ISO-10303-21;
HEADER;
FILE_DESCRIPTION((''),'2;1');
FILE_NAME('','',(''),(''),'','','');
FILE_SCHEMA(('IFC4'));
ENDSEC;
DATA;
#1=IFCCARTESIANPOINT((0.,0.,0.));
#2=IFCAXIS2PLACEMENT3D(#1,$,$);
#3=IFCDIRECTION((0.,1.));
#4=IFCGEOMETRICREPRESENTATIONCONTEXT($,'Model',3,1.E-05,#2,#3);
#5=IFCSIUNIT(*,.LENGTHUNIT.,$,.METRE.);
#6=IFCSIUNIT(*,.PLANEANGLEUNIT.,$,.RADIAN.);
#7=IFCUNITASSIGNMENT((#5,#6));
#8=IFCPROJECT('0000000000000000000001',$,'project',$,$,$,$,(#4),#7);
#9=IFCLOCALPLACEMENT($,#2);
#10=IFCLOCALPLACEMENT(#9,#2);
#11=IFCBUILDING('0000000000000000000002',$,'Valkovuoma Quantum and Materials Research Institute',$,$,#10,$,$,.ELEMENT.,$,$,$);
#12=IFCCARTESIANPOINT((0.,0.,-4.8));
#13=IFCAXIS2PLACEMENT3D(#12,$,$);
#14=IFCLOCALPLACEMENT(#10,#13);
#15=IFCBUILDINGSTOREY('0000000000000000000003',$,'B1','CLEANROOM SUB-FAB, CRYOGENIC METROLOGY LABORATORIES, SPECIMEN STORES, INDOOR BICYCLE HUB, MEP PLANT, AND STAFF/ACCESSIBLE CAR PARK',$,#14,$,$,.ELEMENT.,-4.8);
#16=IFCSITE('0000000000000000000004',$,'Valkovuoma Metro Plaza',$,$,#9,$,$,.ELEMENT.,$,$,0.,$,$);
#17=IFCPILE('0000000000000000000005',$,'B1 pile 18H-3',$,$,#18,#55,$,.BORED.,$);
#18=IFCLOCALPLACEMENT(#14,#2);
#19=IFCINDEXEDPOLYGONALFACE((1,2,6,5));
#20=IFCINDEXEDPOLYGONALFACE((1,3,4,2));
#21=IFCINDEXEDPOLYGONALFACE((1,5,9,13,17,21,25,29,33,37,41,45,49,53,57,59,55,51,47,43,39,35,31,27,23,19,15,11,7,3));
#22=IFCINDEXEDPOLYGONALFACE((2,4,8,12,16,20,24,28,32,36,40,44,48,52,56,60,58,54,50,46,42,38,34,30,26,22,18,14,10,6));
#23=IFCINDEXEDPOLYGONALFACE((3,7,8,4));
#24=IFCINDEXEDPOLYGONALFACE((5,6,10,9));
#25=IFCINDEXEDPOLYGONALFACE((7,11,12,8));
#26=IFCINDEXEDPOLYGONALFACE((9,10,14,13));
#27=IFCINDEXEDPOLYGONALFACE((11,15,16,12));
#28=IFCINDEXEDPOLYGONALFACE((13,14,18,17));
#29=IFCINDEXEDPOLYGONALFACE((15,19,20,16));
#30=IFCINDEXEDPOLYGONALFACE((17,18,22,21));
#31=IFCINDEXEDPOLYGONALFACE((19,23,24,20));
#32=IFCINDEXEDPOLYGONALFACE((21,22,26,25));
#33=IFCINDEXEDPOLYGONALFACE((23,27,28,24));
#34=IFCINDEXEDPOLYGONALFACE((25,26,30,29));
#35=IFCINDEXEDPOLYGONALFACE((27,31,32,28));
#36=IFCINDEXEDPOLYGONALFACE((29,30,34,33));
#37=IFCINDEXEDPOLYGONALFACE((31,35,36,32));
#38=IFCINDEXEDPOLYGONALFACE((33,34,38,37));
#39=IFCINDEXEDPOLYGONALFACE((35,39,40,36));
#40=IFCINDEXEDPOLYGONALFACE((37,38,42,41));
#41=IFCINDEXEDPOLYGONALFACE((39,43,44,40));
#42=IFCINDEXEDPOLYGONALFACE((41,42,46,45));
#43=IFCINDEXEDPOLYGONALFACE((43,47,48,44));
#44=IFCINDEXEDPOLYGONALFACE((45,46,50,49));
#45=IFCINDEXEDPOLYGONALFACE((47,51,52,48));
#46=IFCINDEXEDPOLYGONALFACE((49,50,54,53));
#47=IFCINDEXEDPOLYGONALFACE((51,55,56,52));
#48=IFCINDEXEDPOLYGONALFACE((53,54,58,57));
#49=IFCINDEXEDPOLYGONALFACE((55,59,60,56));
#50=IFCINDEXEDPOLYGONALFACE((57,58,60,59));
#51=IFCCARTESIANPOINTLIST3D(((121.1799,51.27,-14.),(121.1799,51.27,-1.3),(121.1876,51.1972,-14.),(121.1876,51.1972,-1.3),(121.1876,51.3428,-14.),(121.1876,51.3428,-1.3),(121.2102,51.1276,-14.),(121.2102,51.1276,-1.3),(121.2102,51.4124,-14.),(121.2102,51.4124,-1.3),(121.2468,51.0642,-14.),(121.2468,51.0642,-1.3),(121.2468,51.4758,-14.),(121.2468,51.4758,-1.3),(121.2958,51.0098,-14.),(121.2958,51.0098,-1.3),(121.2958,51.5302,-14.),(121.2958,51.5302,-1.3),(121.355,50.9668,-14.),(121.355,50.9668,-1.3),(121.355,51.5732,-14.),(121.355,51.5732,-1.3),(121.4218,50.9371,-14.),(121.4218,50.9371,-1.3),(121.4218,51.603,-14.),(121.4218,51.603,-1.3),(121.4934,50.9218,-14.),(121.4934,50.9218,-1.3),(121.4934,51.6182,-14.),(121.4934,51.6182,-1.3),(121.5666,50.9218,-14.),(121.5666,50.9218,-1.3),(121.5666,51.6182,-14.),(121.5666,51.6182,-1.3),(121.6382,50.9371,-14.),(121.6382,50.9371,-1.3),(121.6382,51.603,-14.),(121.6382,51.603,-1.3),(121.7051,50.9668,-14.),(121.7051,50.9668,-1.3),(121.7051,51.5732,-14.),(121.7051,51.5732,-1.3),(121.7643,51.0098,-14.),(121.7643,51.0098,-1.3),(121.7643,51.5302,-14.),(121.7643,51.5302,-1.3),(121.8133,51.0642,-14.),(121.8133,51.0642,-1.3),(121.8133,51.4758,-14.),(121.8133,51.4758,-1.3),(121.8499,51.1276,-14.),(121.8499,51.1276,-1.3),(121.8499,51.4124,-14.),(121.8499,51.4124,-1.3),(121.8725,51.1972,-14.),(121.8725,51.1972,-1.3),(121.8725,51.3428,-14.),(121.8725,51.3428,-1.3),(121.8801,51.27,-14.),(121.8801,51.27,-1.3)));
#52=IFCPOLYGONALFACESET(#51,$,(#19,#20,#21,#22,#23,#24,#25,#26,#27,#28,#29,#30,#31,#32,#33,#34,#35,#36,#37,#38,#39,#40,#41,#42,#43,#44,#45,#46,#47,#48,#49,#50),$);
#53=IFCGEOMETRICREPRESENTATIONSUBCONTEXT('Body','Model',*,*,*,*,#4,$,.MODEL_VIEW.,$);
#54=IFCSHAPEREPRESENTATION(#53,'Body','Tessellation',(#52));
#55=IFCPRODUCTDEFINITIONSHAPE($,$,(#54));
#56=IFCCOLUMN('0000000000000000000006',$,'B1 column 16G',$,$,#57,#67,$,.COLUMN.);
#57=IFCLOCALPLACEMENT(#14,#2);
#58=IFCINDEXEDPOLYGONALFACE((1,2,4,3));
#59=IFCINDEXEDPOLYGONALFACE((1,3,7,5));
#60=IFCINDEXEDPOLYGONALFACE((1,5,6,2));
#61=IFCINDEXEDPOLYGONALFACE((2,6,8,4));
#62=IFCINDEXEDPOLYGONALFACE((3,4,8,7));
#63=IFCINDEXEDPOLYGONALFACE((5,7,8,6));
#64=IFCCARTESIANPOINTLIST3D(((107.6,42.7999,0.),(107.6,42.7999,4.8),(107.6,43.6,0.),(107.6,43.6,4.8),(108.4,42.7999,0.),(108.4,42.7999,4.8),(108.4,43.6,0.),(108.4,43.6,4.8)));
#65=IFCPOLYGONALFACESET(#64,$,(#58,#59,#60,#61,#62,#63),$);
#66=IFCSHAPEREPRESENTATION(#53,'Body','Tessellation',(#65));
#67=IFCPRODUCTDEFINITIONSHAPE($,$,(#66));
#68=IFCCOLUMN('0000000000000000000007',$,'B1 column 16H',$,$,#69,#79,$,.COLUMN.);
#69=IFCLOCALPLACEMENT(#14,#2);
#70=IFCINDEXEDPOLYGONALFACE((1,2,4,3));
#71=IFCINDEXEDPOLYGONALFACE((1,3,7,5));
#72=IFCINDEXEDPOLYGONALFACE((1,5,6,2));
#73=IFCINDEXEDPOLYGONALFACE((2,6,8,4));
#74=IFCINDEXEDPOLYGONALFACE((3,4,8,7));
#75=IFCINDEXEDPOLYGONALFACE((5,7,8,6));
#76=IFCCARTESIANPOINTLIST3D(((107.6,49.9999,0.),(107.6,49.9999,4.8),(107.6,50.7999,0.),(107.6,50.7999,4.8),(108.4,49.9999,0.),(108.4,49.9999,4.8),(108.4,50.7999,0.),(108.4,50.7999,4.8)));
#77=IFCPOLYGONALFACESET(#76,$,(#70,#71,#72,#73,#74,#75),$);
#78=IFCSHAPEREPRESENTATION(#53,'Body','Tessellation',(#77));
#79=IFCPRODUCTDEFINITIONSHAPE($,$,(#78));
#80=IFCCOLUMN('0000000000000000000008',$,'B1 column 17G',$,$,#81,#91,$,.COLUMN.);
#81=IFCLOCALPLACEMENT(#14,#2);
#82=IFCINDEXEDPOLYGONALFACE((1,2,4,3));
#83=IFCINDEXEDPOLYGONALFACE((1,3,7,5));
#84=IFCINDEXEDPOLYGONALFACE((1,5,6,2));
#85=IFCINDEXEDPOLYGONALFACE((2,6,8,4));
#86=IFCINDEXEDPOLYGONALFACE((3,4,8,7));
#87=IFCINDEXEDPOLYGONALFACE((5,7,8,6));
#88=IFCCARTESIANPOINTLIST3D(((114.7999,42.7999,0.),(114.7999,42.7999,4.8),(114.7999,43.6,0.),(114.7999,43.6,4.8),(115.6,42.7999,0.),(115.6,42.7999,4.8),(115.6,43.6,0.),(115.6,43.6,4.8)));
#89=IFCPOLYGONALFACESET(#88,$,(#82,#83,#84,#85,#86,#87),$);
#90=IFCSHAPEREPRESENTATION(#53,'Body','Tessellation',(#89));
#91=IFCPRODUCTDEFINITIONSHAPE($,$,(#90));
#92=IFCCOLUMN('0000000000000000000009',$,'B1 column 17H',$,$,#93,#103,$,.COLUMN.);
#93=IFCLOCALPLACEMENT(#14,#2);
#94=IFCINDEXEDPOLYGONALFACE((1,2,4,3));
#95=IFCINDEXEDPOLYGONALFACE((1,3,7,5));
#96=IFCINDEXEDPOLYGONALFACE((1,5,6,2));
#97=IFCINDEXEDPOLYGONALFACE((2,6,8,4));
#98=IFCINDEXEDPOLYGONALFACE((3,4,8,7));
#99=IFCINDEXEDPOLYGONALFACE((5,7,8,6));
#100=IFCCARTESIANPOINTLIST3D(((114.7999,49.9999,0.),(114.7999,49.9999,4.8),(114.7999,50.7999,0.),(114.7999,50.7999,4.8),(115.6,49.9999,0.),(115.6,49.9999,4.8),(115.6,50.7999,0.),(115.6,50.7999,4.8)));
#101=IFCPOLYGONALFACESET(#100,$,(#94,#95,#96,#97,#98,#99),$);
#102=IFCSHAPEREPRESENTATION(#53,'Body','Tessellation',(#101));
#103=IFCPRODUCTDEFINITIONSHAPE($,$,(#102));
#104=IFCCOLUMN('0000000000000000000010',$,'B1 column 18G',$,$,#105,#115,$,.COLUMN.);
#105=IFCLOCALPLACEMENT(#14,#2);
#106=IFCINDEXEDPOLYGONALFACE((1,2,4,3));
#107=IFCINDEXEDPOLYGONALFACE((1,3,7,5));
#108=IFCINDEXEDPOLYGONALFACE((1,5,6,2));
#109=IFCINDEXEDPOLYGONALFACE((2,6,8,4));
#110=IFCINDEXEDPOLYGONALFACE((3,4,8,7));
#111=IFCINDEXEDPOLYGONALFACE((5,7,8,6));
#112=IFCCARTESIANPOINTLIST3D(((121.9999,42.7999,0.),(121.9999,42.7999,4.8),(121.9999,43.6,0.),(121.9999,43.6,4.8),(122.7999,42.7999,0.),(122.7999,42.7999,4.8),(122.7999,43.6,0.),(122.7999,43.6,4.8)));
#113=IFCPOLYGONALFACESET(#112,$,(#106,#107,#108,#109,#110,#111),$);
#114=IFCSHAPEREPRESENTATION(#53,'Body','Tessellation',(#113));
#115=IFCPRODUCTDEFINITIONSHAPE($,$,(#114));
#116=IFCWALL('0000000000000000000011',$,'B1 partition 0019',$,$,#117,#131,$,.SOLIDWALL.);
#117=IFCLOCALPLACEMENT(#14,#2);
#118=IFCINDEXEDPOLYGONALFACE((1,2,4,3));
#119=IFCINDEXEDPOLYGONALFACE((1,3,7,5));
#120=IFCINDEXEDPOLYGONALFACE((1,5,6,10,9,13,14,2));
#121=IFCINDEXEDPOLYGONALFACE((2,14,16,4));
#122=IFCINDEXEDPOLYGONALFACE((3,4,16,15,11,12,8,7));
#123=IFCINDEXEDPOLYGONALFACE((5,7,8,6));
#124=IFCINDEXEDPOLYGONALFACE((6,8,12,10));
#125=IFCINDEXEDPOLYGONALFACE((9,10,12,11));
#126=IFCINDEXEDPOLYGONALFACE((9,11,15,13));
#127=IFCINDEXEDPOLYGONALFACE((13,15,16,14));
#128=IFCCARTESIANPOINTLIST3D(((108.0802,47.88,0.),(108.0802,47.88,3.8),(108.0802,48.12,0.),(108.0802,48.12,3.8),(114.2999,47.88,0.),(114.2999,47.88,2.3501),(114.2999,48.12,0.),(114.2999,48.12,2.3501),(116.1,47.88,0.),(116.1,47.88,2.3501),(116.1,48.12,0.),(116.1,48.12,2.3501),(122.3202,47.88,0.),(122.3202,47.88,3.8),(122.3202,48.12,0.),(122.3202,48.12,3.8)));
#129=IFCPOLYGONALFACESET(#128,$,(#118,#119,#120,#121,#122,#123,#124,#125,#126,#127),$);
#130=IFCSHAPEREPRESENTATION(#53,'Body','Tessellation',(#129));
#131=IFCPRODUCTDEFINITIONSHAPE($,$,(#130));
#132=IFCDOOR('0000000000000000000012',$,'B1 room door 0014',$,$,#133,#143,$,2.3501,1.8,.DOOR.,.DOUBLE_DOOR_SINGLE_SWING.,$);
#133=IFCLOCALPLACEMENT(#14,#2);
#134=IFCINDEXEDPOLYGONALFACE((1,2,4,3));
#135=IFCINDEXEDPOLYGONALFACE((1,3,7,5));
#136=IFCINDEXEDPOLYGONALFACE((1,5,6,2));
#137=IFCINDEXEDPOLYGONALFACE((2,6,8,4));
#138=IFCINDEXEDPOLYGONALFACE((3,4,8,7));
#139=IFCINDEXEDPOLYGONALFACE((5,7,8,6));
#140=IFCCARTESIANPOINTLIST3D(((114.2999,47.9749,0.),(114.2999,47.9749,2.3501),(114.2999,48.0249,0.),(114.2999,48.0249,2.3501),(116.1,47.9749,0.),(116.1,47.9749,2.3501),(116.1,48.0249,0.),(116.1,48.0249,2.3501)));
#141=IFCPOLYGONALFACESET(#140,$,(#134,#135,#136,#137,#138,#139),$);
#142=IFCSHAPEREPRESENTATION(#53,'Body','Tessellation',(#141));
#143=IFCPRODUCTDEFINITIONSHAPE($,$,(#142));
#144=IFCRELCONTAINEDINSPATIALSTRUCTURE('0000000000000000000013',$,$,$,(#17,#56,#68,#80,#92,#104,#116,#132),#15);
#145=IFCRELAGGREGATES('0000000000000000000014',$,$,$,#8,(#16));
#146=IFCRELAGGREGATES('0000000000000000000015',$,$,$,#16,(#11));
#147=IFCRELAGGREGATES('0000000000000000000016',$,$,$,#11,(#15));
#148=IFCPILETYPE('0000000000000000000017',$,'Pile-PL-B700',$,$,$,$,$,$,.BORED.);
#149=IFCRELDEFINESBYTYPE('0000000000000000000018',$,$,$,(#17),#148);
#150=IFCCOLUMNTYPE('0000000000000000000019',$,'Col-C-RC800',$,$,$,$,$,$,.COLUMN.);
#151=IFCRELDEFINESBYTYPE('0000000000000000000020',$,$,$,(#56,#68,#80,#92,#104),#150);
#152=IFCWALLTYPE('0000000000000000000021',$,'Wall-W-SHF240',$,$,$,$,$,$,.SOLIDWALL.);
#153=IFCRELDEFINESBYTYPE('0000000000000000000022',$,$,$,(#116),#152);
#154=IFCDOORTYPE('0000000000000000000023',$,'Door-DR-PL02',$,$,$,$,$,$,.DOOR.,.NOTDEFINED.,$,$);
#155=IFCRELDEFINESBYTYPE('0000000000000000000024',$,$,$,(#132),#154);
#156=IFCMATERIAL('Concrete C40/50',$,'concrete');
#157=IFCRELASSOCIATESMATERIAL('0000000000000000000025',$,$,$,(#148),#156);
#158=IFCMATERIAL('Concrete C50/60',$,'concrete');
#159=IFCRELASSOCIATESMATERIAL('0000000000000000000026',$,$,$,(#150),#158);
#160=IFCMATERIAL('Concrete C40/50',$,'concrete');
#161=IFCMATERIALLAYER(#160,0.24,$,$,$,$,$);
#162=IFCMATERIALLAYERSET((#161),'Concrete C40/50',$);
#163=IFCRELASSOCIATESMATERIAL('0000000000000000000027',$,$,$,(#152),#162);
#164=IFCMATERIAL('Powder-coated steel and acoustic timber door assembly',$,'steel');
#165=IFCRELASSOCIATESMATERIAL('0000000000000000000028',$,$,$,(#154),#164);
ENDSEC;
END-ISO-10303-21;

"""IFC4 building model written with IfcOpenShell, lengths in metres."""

from ifc_helpers import new_model, si_unit, direction, frame, frame_2d, origin, origin_2d, place, context, subcontext, project, spatial, rectangle, circle, extrude, material, layer, layer_set, material_profile, profile_set, type_object, element, fill, save


model = new_model("IFC4")

# Units and contexts
model_context = context("Model", 3, precision=1e-05, world=origin(), true_north=direction((0.0, 1.0)))
body_context = subcontext(model_context, "Body", "Model", "MODEL_VIEW")
ifc_project = project(units=[si_unit("LENGTHUNIT", "METRE"), si_unit("PLANEANGLEUNIT", "RADIAN")], contexts=[model_context])

# Site, building, storey
site_placement = place(None, origin())
site = spatial("IfcSite", under=ifc_project, at=site_placement, Name="Valkovuoma Metro Plaza", CompositionType="ELEMENT", RefElevation=0.0)
building_placement = place(site_placement, origin())
building = spatial("IfcBuilding", under=site, at=building_placement, Name="Valkovuoma Quantum and Materials Research Institute", CompositionType="ELEMENT")
storey_placement = place(building_placement, frame((0.0, 0.0, -4.8)))
storey = spatial("IfcBuildingStorey", under=building, at=storey_placement, Name="B1", Description="CLEANROOM SUB-FAB, CRYOGENIC METROLOGY LABORATORIES, SPECIMEN STORES, INDOOR BICYCLE HUB, MEP PLANT, AND STAFF/ACCESSIBLE CAR PARK", CompositionType="ELEMENT", Elevation=-4.8)

# Pile
ifc_material_1 = material(Name="Concrete C40/50", Category="concrete")
ifc_material_profile_1 = material_profile(ifc_material_1, circle(Radius=0.3501, at=origin_2d()), Name="Concrete C40/50")
ifc_profile_set_1 = profile_set([ifc_material_profile_1], Name="Concrete C40/50")
pile_type_1 = type_object("IfcPileType", Name="Pile-PL-B700", PredefinedType="BORED", material=ifc_profile_set_1)
for number, where, z_axis, x_axis, name in (
    (1, (121.53, 51.27, -1.3), (0.0, 0.0, -1.0), (1.0, 0.0, 0.0), "B1 pile 18H-3"),
):
    element("IfcPile", number, at=place(storey_placement, frame(where, z_axis=z_axis, x_axis=x_axis)), inside=storey, type_object=pile_type_1, Name=name, PredefinedType="BORED", context=body_context, shape_type="SweptSolid", body=[
        extrude(circle(Radius=0.3501, at=origin_2d()), origin(), (0.0, 0.0, 1.0), 12.7),
    ])

# Columns
ifc_material_2 = material(Name="Concrete C50/60", Category="concrete")
ifc_material_profile_2 = material_profile(ifc_material_2, rectangle(XDim=0.8, YDim=0.8, at=origin_2d()), Name="Concrete C50/60")
ifc_profile_set_2 = profile_set([ifc_material_profile_2], Name="Concrete C50/60")
column_type = type_object("IfcColumnType", Name="Col-C-RC800", PredefinedType="COLUMN", material=ifc_profile_set_2)
for number, where, z_axis, x_axis, name in (
    (2, (108.0, 43.2, 0.0), (0.0, 0.0, 1.0), (1.0, 0.0, 0.0), "B1 column 16G"),
    (3, (108.0, 50.3999, 0.0), (0.0, 0.0, 1.0), (1.0, 0.0, 0.0), "B1 column 16H"),
    (4, (115.2, 43.2, 0.0), (0.0, 0.0, 1.0), (1.0, 0.0, 0.0), "B1 column 17G"),
    (5, (115.2, 50.3999, 0.0), (0.0, 0.0, 1.0), (1.0, 0.0, 0.0), "B1 column 17H"),
    (6, (122.3999, 43.2, 0.0), (0.0, 0.0, 1.0), (1.0, 0.0, 0.0), "B1 column 18G"),
):
    element("IfcColumn", number, at=place(storey_placement, frame(where, z_axis=z_axis, x_axis=x_axis)), inside=storey, type_object=column_type, Name=name, PredefinedType="COLUMN", context=body_context, shape_type="SweptSolid", body=[
        extrude(rectangle(XDim=0.8, YDim=0.8, at=origin_2d()), origin(), (0.0, 0.0, 1.0), 4.8),
    ])

# Wall, opening, door
ifc_material_3 = material(Name="Concrete C40/50", Category="concrete")
ifc_layer = layer(ifc_material_3, 0.24)
ifc_layer_set = layer_set([ifc_layer], Name="Concrete C40/50")
wall_type = type_object("IfcWallType", Name="Wall-W-SHF240", PredefinedType="SOLIDWALL", material=ifc_layer_set)
wall_placement = place(storey_placement, frame((108.0801, 48.0, 0.0), z_axis=(0.0, 0.0, 1.0), x_axis=(1.0, 0.0, 0.0)))
wall = element("IfcWall", 7, at=wall_placement, inside=storey, type_object=wall_type, Name="B1 partition 0019", PredefinedType="SOLIDWALL", context=body_context, shape_type="SweptSolid", body=[
    extrude(rectangle(XDim=14.24, YDim=0.24, at=frame_2d((7.1201, 0.0))), origin(), (0.0, 0.0, 1.0), 3.8),
])
opening_placement = place(wall_placement, frame((6.22, 0.0, 0.0)))
opening = element("IfcOpeningElement", 8, at=opening_placement, cuts=wall, PredefinedType="OPENING", context=body_context, shape_type="SweptSolid", body=[
    extrude(rectangle(XDim=1.8, YDim=2.3501, at=frame_2d((0.8999, 1.175))), frame((0.0, 0.1299, 0.0), z_axis=(0.0, -1.0, 0.0), x_axis=(1.0, 0.0, 0.0)), (0.0, 0.0, 1.0), 0.26),
])
ifc_material_4 = material(Name="Powder-coated steel and acoustic timber door assembly", Category="steel")
door_type = type_object("IfcDoorType", Name="Door-DR-PL02", OperationType="NOTDEFINED", PredefinedType="DOOR", material=ifc_material_4)
door_placement = place(opening_placement, origin())
door = element("IfcDoor", 9, at=door_placement, inside=storey, type_object=door_type, Name="B1 room door 0014", OperationType="DOUBLE_DOOR_SINGLE_SWING", OverallHeight=2.3501, OverallWidth=1.8, PredefinedType="DOOR", context=body_context, shape_type="SweptSolid", body=[
    extrude(rectangle(XDim=1.8, YDim=2.3501, at=frame_2d((0.8999, 1.175))), frame((0.0, 0.0249, 0.0), z_axis=(0.0, -1.0, 0.0), x_axis=(1.0, 0.0, 0.0)), (0.0, 0.0, 1.0), 0.05),
])
fill(opening, door)

save(model, "model.ifc")
